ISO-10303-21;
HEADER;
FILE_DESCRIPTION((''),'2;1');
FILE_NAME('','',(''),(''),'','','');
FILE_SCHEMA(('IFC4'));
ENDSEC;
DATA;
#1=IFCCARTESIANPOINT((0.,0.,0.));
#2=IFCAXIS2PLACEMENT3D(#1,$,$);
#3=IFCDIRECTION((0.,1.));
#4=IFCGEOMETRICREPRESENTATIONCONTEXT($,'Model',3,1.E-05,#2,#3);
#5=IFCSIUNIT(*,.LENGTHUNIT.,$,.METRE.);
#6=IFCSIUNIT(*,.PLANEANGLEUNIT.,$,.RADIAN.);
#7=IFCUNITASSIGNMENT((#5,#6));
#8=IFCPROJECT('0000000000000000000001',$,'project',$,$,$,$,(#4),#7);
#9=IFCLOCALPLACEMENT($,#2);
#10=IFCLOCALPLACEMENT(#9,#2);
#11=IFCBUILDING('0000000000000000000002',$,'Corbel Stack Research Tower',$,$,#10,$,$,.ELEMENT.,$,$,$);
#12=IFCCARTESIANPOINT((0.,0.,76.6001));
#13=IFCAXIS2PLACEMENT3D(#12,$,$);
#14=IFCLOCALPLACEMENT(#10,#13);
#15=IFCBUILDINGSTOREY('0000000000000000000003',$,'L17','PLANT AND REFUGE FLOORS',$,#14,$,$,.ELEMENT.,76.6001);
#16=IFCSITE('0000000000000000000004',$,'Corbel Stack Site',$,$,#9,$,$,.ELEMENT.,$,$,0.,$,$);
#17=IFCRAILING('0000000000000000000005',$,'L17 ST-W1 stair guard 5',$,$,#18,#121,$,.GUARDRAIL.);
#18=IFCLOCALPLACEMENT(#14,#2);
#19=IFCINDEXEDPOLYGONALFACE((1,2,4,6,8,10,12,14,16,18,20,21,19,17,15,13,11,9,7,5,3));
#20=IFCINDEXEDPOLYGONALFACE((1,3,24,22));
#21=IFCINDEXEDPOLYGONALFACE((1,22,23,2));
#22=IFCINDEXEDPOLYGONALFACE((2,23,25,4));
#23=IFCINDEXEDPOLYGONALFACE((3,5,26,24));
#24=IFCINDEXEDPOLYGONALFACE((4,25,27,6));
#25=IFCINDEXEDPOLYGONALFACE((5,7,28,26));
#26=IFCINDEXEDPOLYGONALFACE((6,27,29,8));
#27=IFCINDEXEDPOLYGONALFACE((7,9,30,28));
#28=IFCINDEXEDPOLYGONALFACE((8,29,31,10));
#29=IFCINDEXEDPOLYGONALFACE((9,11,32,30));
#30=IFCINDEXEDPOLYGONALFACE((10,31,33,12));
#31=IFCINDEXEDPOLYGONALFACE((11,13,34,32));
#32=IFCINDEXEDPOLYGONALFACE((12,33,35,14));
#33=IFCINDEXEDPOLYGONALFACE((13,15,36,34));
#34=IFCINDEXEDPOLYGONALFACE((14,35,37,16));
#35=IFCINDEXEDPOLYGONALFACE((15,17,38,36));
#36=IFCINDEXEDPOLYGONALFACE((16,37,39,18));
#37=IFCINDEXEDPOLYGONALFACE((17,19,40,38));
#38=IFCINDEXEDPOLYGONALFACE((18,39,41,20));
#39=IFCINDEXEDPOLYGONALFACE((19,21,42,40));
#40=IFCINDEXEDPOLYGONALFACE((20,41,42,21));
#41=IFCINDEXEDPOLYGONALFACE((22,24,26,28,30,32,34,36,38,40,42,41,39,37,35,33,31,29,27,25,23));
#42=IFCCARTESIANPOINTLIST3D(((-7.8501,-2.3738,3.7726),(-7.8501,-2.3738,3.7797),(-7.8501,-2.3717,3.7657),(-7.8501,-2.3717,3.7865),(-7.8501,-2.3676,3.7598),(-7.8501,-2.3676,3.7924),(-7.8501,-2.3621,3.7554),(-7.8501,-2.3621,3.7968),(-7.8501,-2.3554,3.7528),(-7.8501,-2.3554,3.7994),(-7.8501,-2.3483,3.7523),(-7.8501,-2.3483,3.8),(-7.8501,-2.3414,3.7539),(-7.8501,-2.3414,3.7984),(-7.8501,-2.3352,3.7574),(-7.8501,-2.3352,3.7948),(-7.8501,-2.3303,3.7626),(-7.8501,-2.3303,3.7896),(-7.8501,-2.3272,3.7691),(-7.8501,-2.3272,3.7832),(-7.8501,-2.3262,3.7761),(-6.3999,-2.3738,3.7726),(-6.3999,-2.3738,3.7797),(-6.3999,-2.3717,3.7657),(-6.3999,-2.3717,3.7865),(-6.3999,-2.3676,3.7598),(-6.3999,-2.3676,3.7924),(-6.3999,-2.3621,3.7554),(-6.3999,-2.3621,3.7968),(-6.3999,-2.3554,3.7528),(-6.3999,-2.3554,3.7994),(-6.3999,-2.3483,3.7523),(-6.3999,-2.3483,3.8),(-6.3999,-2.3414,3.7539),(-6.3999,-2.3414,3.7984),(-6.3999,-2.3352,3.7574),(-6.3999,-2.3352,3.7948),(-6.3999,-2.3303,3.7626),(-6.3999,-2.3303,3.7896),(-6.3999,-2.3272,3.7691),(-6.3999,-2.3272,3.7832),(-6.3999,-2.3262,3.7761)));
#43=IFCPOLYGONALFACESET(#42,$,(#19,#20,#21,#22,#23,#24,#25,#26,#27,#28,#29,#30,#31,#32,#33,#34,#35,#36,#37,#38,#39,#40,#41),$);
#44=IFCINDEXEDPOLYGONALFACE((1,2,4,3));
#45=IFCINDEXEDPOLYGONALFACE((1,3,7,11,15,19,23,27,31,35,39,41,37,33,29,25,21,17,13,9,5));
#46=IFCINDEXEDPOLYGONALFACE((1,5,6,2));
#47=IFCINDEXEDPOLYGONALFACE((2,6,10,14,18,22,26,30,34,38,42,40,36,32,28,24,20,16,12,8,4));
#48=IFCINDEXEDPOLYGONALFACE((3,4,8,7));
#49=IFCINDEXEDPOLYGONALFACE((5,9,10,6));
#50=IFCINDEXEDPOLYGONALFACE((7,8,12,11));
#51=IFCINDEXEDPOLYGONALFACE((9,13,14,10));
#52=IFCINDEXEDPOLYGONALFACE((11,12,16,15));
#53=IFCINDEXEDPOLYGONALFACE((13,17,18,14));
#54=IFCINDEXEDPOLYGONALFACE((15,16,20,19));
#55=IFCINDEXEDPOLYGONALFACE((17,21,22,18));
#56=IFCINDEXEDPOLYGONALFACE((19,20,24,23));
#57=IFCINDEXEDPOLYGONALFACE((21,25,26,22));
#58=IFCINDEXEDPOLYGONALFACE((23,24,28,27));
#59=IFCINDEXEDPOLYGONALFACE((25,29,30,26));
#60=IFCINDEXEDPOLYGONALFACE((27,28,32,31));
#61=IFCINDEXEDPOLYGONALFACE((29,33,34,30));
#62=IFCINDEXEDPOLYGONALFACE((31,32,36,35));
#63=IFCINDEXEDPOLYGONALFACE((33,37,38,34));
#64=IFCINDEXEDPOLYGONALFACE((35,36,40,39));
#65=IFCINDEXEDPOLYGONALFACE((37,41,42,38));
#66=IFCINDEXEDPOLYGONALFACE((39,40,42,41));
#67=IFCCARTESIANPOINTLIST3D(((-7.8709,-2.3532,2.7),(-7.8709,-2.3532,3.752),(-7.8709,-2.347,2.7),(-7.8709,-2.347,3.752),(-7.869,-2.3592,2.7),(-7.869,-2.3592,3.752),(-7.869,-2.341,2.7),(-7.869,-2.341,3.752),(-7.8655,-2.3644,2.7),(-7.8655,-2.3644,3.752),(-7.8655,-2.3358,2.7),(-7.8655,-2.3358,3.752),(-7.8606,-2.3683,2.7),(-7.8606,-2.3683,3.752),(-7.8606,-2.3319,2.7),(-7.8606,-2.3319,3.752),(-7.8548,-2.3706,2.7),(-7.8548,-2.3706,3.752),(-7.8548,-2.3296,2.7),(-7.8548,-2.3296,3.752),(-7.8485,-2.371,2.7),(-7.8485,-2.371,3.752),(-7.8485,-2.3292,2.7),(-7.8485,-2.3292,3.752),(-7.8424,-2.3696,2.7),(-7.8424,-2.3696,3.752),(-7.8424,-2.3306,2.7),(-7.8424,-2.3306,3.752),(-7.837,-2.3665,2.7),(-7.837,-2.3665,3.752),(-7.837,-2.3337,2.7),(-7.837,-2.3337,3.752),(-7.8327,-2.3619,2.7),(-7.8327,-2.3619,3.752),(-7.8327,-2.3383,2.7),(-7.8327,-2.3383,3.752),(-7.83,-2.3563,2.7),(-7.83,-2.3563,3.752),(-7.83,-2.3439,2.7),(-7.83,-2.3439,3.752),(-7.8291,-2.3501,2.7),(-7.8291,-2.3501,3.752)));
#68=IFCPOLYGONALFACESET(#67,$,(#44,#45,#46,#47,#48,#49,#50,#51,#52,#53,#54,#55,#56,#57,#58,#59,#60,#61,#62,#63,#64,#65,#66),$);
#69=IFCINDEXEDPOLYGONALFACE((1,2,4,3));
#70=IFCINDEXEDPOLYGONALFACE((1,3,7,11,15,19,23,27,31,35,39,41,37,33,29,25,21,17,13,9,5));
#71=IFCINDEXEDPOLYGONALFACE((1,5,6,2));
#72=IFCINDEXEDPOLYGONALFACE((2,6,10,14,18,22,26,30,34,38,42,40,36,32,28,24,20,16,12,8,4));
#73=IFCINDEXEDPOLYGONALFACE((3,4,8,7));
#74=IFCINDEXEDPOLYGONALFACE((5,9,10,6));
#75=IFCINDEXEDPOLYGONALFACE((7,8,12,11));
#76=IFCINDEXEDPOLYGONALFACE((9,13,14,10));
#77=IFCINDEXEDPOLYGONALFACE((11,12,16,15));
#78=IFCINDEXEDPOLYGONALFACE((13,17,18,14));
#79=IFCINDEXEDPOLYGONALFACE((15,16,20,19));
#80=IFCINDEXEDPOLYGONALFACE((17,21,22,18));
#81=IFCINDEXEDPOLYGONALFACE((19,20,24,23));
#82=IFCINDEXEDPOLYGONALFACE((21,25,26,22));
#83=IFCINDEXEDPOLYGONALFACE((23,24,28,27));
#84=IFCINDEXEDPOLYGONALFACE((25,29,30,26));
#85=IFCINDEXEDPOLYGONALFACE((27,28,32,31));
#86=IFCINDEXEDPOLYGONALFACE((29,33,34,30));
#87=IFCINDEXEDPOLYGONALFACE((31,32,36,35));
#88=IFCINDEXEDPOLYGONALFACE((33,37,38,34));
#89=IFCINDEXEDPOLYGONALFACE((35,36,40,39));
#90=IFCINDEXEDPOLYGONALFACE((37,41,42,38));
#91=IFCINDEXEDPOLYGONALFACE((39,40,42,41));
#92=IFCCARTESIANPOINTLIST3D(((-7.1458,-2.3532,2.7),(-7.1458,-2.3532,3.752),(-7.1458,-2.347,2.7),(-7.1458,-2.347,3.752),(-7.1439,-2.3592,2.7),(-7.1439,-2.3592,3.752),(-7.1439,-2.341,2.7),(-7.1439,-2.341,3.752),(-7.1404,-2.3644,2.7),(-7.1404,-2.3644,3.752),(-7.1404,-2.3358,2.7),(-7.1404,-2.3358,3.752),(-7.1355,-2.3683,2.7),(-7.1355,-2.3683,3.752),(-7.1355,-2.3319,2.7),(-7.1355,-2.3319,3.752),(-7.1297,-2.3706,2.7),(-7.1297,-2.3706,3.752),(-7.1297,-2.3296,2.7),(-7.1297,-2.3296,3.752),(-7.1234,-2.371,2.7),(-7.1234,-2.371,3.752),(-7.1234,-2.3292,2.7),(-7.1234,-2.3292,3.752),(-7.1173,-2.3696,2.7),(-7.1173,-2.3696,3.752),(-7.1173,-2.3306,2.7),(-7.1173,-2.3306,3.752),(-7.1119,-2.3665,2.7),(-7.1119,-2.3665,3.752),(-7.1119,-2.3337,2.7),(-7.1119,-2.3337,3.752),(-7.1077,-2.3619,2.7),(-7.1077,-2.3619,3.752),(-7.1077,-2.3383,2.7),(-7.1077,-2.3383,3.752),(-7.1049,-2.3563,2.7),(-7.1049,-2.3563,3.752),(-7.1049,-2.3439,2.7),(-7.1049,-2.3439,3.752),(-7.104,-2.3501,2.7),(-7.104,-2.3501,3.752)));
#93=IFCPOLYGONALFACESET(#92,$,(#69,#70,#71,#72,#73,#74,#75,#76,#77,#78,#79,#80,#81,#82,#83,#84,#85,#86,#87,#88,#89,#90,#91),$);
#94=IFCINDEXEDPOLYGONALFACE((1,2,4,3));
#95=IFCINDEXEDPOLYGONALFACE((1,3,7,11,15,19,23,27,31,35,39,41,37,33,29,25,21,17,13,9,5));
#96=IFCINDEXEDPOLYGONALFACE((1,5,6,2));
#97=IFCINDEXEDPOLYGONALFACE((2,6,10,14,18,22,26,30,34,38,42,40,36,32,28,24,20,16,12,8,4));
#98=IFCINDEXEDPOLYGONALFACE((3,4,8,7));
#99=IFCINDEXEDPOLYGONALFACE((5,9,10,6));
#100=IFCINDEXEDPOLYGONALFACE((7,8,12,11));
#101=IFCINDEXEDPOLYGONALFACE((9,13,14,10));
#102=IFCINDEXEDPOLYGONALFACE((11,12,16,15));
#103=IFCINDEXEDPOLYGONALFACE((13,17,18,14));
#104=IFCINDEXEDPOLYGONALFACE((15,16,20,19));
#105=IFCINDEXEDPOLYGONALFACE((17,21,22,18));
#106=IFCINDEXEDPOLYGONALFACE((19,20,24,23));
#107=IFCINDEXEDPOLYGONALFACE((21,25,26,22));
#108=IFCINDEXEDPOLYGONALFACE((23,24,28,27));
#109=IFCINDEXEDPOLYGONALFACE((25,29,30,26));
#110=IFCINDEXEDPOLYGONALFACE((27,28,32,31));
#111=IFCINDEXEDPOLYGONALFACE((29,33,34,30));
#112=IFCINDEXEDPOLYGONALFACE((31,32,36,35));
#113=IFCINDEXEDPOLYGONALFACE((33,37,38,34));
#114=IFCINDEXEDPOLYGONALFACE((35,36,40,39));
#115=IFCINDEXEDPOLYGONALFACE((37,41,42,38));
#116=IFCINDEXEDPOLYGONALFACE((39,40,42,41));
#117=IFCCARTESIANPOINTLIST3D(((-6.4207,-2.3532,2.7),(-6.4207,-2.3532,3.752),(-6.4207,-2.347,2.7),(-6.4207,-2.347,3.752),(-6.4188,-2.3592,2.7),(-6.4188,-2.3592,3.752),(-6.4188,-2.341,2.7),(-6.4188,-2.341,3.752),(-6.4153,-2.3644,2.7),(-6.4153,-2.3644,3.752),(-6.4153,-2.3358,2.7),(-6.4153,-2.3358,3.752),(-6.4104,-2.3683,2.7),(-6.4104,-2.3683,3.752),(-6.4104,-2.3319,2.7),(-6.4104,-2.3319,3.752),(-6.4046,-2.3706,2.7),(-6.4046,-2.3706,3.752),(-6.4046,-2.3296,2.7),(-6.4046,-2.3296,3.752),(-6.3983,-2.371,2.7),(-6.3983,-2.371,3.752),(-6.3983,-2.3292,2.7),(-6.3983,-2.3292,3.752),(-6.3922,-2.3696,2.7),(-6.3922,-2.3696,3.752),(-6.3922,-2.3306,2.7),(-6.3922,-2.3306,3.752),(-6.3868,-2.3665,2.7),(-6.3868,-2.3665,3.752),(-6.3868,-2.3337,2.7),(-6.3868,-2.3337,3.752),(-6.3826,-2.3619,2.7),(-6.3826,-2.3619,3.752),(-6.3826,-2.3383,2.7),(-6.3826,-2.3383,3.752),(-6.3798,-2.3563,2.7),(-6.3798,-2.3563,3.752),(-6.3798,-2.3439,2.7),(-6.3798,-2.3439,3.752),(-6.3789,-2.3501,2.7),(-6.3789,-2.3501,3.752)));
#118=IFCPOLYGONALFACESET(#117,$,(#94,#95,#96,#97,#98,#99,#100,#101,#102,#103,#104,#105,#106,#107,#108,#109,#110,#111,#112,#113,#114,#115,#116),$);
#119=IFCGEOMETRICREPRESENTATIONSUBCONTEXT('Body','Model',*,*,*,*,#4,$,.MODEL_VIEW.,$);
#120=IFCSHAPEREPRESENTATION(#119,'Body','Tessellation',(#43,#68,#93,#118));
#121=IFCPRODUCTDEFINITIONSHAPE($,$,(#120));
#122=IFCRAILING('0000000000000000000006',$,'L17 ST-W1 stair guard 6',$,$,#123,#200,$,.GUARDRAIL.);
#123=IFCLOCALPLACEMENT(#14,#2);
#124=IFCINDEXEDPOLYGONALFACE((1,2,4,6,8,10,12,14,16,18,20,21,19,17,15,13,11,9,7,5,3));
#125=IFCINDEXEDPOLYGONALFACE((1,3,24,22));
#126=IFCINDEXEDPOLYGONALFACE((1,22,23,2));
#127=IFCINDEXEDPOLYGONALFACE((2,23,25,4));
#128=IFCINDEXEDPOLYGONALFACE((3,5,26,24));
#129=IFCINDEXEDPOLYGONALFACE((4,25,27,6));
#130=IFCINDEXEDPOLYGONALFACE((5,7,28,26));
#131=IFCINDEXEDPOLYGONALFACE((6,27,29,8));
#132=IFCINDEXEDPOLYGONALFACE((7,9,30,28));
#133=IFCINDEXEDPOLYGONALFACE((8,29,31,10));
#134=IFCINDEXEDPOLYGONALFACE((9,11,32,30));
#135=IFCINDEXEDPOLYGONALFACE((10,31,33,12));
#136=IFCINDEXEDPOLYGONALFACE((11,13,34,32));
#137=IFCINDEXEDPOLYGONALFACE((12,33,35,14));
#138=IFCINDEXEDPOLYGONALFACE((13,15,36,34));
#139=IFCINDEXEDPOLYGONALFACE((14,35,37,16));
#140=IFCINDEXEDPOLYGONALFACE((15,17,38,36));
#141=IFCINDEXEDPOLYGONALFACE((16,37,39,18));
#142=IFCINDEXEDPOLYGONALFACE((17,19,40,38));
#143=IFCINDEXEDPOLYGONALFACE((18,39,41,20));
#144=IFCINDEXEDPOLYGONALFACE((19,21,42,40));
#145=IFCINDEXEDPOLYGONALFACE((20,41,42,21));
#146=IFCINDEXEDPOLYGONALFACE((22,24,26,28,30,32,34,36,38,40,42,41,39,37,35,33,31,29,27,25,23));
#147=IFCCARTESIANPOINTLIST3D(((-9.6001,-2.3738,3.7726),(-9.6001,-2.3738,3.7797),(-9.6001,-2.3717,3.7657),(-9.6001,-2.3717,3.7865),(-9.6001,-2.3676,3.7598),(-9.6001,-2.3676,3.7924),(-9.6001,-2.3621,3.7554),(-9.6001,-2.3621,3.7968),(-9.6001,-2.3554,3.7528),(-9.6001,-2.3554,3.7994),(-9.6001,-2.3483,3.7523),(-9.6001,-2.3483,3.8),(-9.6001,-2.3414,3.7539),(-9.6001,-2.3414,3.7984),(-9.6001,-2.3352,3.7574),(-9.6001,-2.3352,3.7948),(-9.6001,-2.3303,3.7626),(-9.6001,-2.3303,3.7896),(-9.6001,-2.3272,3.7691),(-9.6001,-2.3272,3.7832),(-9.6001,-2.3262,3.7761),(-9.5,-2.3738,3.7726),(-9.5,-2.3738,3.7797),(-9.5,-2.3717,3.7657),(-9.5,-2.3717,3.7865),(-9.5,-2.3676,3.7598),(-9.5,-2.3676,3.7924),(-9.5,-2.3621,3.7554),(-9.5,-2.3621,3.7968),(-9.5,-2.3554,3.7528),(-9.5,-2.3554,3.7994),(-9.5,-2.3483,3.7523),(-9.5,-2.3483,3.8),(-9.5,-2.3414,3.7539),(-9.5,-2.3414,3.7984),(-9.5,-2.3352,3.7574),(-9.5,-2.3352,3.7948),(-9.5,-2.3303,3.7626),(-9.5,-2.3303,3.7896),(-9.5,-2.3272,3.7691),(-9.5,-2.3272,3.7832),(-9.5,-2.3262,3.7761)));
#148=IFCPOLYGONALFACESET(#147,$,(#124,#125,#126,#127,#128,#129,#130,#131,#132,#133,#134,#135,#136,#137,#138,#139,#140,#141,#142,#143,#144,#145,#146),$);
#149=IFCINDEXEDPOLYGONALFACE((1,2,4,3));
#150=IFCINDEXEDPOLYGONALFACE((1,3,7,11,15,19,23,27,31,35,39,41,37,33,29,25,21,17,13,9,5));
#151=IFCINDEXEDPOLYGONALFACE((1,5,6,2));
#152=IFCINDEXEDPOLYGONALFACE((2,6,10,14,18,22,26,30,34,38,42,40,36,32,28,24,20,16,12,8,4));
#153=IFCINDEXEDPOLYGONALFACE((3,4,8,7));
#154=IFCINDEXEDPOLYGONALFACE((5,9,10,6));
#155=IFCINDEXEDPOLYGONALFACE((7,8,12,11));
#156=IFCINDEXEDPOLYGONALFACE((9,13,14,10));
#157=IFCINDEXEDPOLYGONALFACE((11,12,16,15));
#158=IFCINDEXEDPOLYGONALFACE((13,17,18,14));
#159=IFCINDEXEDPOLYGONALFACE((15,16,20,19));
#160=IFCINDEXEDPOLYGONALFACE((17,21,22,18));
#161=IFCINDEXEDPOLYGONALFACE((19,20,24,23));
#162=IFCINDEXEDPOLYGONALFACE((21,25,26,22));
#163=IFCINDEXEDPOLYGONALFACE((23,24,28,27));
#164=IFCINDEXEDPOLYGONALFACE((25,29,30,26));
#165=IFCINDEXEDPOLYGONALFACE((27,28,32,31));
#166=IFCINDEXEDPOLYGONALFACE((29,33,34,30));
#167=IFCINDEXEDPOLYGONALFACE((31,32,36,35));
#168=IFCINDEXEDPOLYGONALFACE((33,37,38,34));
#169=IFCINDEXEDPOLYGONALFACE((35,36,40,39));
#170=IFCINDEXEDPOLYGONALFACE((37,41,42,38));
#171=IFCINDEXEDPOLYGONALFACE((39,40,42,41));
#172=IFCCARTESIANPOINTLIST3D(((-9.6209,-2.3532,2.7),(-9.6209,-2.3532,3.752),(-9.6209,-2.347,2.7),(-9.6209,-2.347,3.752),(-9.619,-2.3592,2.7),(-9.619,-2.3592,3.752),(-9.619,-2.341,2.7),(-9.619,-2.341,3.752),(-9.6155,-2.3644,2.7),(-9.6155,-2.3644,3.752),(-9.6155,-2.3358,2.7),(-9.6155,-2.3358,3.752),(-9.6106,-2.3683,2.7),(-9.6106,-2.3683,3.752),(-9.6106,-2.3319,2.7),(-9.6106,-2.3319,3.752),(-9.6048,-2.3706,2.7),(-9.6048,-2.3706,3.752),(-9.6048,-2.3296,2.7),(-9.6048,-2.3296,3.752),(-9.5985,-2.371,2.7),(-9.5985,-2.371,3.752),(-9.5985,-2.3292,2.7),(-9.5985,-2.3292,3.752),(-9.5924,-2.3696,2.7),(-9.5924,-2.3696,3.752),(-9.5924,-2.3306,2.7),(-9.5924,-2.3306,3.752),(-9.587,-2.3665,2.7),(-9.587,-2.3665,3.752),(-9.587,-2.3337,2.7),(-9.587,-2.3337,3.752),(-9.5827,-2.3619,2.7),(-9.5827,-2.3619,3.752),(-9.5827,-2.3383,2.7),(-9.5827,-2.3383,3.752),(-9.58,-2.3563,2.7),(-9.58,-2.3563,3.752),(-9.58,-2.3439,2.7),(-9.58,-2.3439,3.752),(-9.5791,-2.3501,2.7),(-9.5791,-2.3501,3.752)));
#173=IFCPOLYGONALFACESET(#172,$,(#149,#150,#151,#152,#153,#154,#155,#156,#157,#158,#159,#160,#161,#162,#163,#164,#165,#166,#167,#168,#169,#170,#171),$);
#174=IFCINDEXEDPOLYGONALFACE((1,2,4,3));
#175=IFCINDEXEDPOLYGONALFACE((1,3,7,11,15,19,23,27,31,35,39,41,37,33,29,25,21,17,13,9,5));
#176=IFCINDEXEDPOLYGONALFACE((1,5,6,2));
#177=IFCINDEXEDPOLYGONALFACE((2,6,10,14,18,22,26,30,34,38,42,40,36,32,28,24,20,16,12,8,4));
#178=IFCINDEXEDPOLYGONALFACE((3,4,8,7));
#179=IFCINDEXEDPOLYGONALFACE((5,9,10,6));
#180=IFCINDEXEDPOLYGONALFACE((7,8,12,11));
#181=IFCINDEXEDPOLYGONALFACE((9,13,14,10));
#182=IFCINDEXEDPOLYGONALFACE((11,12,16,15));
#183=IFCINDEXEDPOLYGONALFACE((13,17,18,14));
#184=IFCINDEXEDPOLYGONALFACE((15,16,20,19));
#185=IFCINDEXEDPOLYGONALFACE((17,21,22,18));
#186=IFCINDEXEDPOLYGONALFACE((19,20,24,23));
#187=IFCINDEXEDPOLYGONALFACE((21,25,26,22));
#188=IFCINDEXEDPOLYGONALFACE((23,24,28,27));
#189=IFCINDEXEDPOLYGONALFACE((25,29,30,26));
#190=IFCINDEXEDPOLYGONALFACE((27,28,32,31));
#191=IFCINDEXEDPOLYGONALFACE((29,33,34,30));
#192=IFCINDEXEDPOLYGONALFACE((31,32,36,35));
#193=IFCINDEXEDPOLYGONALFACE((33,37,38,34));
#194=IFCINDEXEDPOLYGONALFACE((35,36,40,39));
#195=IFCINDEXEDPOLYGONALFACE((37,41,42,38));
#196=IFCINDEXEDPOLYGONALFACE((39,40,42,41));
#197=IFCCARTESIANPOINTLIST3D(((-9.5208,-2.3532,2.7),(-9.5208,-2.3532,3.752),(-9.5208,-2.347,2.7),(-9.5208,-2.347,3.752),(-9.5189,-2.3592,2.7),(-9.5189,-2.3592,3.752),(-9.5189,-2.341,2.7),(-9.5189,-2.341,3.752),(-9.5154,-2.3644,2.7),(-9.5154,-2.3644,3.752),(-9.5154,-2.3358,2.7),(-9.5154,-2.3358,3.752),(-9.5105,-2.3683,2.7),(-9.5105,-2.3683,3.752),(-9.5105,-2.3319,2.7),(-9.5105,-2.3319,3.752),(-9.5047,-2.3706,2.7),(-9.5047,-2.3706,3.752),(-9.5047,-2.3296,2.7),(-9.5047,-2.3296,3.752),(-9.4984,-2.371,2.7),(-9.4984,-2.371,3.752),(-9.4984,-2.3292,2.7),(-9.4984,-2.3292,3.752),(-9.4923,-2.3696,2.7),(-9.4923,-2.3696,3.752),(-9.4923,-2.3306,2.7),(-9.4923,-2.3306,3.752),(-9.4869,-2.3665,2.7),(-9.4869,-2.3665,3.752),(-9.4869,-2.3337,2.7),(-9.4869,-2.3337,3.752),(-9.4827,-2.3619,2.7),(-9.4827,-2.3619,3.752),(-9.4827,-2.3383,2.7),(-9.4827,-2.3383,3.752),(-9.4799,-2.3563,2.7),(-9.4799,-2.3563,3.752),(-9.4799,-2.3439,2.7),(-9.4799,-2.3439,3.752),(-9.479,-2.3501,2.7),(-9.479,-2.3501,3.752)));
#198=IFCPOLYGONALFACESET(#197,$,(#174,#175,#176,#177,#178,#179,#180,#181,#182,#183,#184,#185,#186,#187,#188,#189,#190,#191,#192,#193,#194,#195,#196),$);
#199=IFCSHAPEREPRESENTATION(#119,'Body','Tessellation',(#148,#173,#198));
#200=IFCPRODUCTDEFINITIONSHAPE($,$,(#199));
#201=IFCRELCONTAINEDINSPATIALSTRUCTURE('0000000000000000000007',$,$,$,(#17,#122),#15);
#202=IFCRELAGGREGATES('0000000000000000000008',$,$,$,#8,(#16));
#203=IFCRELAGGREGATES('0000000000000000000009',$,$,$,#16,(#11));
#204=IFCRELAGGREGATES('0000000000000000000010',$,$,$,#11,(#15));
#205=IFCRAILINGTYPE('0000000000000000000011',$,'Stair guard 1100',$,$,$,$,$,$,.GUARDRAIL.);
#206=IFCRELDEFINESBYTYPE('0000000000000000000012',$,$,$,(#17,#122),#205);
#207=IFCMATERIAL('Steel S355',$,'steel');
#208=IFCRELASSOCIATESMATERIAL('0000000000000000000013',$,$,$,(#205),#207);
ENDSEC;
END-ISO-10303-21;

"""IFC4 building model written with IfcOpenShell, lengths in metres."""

from ifc_helpers import new_model, si_unit, direction, frame, origin, origin_2d, place, context, subcontext, project, spatial, circle, extrude, material, type_object, element, save


model = new_model("IFC4")

# Units and contexts
model_context = context("Model", 3, precision=1e-05, world=origin(), true_north=direction((0.0, 1.0)))
body_context = subcontext(model_context, "Body", "Model", "MODEL_VIEW")
ifc_project = project(units=[si_unit("LENGTHUNIT", "METRE"), si_unit("PLANEANGLEUNIT", "RADIAN")], contexts=[model_context])

# Site, building, storey
site_placement = place(None, origin())
site = spatial("IfcSite", under=ifc_project, at=site_placement, Name="Corbel Stack Site", CompositionType="ELEMENT", RefElevation=0.0)
building_placement = place(site_placement, origin())
building = spatial("IfcBuilding", under=site, at=building_placement, Name="Corbel Stack Research Tower", CompositionType="ELEMENT")
storey_placement = place(building_placement, frame((0.0, 0.0, 76.6001)))
storey = spatial("IfcBuildingStorey", under=building, at=storey_placement, Name="L17", Description="PLANT AND REFUGE FLOORS", CompositionType="ELEMENT", Elevation=76.6001)

# Railings
ifc_material_1 = material(Name="Steel S355", Category="steel")
railing_type_1 = type_object("IfcRailingType", Name="Stair guard 1100", PredefinedType="GUARDRAIL", material=ifc_material_1)
railing_1_placement = place(storey_placement, frame((-7.8501, -2.3501, 2.7)))
element("IfcRailing", 1, at=railing_1_placement, inside=storey, type_object=railing_type_1, Name="L17 ST-W1 stair guard 5", PredefinedType="GUARDRAIL", context=body_context, shape_type="SweptSolid", body=[
    extrude(circle(Radius=0.0239, at=origin_2d()), frame((0.0, 0.0, 1.0762), z_axis=(1.0, 0.0, 0.0), x_axis=(0.0, 1.0, 0.0)), (0.0, 0.0, 1.0), 1.4502),
    extrude(circle(Radius=0.021, at=origin_2d()), origin(), (0.0, 0.0, 1.0), 1.052),
    extrude(circle(Radius=0.021, at=origin_2d()), frame((0.7251, 0.0, 0.0)), (0.0, 0.0, 1.0), 1.052),
    extrude(circle(Radius=0.021, at=origin_2d()), frame((1.4502, 0.0, 0.0)), (0.0, 0.0, 1.0), 1.052),
])
railing_2_placement = place(storey_placement, frame((-9.6001, -2.3501, 2.7)))
element("IfcRailing", 2, at=railing_2_placement, inside=storey, type_object=railing_type_1, Name="L17 ST-W1 stair guard 6", PredefinedType="GUARDRAIL", context=body_context, shape_type="SweptSolid", body=[
    extrude(circle(Radius=0.0239, at=origin_2d()), frame((0.0, 0.0, 1.0762), z_axis=(1.0, 0.0, 0.0), x_axis=(0.0, 1.0, 0.0)), (0.0, 0.0, 1.0), 0.1001),
    extrude(circle(Radius=0.021, at=origin_2d()), origin(), (0.0, 0.0, 1.0), 1.052),
    extrude(circle(Radius=0.021, at=origin_2d()), frame((0.1001, 0.0, 0.0)), (0.0, 0.0, 1.0), 1.052),
])

save(model, "model.ifc")
